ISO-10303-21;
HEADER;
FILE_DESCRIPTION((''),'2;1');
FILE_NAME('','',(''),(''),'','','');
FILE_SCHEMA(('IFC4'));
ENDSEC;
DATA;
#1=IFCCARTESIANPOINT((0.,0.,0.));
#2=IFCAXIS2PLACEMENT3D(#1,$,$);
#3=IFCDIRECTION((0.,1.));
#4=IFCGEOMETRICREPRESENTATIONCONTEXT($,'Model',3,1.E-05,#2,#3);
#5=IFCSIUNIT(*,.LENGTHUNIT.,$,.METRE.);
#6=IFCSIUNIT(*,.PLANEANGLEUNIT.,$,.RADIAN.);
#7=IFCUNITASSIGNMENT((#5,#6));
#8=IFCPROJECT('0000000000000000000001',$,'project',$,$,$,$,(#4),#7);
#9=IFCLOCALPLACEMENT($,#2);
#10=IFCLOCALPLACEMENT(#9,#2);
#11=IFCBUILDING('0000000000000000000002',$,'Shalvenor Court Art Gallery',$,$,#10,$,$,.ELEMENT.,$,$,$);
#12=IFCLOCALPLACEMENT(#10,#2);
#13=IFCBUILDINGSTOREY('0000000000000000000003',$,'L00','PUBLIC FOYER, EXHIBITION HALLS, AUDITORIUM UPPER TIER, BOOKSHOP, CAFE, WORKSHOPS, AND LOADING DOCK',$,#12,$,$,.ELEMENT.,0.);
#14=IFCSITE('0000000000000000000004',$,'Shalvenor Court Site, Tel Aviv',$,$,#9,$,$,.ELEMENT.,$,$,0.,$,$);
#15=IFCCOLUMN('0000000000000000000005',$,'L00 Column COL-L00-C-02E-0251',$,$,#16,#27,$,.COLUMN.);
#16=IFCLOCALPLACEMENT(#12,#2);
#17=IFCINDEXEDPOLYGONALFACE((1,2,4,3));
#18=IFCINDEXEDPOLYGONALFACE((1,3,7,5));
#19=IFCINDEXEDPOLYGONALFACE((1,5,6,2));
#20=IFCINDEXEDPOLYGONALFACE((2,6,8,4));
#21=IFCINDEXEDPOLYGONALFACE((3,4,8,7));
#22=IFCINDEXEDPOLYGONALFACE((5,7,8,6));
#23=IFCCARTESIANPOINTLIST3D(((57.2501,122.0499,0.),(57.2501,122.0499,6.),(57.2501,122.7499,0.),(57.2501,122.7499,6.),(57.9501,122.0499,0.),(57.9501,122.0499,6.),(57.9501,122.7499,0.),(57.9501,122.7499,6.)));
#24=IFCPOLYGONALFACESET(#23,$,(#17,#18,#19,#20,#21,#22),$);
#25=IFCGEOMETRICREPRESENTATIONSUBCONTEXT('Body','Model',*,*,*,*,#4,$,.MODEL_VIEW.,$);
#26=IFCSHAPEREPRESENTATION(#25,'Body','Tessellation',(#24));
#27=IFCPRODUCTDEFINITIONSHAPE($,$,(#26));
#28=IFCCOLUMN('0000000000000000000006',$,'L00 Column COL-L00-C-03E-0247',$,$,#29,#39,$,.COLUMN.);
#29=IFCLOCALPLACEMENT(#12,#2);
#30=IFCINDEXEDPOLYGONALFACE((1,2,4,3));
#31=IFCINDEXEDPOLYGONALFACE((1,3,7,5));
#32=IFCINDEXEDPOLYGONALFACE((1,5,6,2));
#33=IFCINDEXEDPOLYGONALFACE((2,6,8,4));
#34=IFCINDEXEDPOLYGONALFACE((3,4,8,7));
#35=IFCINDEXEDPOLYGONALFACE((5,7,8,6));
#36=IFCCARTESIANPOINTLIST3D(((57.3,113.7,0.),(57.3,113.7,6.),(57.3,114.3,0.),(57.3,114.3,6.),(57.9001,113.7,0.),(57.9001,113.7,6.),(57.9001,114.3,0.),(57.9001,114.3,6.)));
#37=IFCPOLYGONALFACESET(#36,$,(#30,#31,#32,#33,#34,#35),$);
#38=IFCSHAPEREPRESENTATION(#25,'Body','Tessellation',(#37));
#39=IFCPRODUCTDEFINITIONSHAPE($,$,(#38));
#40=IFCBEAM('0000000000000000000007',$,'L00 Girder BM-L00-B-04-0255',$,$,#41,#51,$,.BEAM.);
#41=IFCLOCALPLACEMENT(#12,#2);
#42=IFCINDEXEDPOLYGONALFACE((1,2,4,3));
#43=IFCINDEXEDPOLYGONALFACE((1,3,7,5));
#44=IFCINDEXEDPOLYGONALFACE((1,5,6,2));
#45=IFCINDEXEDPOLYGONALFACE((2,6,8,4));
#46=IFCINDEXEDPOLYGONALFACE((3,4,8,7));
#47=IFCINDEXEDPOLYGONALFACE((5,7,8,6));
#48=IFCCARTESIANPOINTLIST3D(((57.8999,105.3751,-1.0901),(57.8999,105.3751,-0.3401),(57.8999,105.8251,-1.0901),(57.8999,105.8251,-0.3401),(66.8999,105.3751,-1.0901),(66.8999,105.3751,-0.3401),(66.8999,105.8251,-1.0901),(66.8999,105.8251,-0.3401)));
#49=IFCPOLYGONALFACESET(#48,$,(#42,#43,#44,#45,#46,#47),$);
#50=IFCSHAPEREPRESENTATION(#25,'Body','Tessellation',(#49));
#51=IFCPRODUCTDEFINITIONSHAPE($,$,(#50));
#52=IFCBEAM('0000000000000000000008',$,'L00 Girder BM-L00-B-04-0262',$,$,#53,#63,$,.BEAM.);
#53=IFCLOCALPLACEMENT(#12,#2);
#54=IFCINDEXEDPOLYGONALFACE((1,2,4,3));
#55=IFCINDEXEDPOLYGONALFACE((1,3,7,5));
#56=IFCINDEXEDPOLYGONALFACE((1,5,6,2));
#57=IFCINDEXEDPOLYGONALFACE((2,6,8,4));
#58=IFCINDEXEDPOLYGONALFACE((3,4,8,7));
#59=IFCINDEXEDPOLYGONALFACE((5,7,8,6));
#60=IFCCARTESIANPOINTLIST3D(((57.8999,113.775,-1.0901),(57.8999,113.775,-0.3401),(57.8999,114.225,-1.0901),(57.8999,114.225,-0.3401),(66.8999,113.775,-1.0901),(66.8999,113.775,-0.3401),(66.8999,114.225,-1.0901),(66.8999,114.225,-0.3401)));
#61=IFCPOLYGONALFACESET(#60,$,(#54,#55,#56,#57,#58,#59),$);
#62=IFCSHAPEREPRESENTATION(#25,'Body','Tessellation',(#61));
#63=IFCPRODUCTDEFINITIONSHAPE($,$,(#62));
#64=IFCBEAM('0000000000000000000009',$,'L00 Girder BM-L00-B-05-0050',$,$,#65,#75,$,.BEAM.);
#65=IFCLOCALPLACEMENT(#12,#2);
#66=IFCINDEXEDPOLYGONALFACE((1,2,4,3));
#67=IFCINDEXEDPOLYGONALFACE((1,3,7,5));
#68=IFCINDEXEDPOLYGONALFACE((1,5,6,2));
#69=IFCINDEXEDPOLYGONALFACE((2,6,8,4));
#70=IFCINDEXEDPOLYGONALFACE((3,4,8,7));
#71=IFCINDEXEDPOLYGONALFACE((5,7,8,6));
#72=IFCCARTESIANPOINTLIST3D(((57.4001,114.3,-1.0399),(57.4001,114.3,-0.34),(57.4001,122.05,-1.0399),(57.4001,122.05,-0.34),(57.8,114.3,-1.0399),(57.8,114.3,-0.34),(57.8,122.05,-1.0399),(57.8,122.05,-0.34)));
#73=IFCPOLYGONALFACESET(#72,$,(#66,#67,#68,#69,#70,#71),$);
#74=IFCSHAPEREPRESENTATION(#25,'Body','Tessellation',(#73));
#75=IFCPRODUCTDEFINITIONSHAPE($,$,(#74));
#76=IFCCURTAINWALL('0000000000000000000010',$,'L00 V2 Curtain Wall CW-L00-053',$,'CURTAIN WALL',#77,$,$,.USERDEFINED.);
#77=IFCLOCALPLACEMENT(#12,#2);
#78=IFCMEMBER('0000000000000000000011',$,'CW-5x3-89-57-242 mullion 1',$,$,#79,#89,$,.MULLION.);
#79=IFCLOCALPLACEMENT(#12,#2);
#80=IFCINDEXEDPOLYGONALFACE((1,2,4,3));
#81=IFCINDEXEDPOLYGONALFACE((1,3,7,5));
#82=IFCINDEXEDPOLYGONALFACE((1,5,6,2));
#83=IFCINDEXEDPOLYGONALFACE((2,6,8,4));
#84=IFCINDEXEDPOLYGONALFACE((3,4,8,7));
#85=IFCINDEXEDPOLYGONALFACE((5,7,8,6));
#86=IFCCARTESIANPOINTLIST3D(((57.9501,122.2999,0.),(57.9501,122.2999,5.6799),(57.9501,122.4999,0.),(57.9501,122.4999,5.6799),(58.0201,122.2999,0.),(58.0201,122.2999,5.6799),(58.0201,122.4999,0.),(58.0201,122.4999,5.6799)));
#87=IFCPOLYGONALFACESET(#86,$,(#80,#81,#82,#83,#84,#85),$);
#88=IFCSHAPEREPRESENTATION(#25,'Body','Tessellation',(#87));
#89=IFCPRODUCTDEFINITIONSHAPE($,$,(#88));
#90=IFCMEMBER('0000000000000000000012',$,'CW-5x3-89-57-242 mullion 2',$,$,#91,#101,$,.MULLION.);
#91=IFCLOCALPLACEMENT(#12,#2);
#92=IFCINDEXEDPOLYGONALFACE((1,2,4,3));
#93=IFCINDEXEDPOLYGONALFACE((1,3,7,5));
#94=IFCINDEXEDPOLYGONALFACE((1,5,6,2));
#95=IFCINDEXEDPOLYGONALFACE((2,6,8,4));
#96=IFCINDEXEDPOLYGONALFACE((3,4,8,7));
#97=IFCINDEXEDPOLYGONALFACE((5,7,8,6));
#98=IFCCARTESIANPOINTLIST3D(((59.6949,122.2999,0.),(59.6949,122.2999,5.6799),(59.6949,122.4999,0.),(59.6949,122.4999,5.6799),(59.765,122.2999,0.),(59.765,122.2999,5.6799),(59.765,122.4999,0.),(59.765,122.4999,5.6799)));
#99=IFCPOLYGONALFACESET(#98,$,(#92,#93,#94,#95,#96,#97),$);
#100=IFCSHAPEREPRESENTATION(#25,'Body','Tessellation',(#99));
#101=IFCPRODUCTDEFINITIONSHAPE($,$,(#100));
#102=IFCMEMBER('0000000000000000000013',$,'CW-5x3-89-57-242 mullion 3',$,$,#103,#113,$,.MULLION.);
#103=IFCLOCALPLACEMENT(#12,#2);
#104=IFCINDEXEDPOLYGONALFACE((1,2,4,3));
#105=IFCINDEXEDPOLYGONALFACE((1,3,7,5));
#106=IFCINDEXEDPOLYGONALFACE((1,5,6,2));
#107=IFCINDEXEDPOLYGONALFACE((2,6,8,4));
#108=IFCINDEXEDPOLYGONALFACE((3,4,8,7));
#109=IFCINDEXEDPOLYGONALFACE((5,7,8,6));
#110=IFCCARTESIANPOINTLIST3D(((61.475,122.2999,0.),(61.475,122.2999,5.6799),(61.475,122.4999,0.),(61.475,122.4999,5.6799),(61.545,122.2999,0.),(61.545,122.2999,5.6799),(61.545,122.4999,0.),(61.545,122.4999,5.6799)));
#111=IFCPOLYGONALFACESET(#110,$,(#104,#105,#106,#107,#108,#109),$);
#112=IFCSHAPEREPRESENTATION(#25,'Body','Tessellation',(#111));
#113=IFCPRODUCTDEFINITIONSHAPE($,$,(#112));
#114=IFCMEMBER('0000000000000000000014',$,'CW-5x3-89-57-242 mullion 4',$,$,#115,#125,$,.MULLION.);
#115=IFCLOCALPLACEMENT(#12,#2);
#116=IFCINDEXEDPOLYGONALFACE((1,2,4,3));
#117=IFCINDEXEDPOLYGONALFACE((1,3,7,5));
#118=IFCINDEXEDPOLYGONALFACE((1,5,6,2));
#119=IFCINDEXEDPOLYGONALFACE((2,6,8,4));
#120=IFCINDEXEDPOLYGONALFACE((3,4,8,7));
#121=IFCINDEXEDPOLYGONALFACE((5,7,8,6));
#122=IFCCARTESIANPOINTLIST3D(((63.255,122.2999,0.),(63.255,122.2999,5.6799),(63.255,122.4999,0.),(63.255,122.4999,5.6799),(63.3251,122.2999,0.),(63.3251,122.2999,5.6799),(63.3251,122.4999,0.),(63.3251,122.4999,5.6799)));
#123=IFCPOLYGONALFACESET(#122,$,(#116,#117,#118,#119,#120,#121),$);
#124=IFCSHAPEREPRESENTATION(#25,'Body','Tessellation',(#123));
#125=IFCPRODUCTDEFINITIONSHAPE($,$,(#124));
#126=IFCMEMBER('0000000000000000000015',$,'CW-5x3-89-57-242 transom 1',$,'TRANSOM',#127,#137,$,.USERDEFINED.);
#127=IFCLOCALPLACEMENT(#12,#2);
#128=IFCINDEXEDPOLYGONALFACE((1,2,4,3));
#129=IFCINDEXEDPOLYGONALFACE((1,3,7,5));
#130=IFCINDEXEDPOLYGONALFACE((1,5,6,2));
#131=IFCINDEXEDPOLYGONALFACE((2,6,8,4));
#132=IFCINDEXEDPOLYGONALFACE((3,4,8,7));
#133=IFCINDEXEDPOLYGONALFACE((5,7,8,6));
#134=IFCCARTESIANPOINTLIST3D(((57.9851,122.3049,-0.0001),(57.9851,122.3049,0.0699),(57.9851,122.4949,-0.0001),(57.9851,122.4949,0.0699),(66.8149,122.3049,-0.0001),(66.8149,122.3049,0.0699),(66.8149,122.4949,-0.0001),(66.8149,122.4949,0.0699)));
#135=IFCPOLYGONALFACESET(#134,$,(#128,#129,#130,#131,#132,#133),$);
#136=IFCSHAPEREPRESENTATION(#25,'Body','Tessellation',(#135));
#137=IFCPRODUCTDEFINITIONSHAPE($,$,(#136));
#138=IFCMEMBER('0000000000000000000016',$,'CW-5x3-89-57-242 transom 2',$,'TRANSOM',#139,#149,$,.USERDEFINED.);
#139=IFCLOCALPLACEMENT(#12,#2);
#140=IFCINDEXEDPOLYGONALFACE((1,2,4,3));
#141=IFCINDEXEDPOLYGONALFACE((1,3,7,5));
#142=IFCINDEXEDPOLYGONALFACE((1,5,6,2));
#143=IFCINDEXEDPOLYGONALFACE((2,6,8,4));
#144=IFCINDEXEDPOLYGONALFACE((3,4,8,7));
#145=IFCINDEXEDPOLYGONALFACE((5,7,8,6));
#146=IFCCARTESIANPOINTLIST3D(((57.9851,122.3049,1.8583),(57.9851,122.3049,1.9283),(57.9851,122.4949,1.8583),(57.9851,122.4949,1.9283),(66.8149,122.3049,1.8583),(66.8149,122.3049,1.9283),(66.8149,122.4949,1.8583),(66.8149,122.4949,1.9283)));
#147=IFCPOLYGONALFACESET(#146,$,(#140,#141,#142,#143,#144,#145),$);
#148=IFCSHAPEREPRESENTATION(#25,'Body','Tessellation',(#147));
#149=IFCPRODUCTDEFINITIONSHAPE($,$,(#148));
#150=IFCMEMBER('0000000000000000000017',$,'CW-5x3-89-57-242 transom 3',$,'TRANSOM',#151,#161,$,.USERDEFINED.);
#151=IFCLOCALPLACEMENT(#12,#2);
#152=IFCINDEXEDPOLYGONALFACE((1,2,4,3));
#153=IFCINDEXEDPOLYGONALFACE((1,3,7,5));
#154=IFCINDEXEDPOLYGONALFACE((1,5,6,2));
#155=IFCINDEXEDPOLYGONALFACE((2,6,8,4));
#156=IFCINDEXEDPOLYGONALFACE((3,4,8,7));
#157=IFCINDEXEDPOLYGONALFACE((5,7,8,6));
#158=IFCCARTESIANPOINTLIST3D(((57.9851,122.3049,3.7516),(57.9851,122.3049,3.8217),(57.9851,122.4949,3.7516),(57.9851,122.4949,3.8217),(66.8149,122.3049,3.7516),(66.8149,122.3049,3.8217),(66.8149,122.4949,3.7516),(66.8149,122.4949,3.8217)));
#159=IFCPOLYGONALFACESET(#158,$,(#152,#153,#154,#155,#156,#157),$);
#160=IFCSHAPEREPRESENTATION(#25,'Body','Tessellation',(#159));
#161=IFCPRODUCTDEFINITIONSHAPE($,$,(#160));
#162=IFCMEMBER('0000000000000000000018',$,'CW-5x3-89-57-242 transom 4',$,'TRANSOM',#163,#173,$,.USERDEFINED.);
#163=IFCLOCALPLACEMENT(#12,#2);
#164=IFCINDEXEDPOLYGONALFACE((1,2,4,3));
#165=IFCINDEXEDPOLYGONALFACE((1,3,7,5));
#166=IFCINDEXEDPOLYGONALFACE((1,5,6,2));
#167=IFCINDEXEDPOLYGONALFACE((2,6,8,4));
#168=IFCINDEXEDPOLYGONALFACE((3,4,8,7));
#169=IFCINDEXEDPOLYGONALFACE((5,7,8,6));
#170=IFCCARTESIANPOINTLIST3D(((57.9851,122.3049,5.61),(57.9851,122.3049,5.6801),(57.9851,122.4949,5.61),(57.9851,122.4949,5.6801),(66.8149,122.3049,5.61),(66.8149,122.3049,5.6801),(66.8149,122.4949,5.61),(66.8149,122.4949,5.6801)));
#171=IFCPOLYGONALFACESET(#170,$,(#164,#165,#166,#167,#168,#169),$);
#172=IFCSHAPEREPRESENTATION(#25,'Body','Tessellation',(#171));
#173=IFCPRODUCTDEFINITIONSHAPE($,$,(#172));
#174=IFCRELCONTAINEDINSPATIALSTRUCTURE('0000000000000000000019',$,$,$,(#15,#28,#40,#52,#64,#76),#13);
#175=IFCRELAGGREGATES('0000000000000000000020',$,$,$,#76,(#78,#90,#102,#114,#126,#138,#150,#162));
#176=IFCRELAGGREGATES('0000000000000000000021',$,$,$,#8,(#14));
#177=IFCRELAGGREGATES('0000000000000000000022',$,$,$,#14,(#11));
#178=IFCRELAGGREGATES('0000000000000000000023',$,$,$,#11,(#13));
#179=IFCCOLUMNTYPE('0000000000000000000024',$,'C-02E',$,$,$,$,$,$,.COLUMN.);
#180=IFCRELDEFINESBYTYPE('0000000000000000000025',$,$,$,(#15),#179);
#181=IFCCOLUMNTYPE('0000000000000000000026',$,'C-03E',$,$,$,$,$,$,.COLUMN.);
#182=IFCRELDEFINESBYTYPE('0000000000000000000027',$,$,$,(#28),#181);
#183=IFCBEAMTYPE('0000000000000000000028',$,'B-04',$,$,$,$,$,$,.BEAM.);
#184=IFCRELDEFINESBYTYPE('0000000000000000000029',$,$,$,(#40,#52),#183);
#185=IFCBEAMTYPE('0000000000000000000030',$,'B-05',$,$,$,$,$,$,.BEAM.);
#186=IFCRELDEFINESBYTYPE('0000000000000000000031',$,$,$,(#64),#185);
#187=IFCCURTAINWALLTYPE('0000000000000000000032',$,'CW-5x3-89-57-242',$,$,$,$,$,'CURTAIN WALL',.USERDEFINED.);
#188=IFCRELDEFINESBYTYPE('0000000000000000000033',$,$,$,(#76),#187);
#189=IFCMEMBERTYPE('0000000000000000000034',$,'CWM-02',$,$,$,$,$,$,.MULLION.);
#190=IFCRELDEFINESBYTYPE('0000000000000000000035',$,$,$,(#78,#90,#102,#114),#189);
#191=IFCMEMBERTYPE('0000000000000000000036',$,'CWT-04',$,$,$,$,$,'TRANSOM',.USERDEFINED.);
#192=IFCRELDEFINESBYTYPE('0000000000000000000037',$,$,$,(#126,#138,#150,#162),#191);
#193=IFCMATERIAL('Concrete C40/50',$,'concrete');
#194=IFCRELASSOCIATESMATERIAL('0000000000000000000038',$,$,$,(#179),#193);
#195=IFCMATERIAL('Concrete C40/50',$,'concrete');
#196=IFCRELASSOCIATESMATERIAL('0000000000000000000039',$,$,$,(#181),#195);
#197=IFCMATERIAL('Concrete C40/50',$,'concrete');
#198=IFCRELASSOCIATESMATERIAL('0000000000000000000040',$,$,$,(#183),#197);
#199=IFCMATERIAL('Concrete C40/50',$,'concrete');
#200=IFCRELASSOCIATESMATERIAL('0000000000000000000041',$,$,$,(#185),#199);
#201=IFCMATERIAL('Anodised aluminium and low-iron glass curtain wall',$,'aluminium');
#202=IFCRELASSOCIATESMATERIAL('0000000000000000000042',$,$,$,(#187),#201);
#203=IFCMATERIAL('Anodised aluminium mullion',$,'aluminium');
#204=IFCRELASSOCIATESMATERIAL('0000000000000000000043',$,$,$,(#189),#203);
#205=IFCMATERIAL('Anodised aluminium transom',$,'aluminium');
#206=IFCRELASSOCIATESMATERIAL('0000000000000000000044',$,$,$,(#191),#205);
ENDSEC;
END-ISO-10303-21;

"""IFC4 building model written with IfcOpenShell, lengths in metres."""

from ifc_helpers import new_model, si_unit, direction, frame, origin, origin_2d, place, context, subcontext, project, spatial, rectangle, extrude, material, material_profile, profile_set, type_object, element, aggregate, save


model = new_model("IFC4")

# Units and contexts
model_context = context("Model", 3, precision=1e-05, world=origin(), true_north=direction((0.0, 1.0)))
body_context = subcontext(model_context, "Body", "Model", "MODEL_VIEW")
ifc_project = project(units=[si_unit("LENGTHUNIT", "METRE"), si_unit("PLANEANGLEUNIT", "RADIAN")], contexts=[model_context])

# Site, building, storey
site_placement = place(None, origin())
site = spatial("IfcSite", under=ifc_project, at=site_placement, Name="Shalvenor Court Site, Tel Aviv", CompositionType="ELEMENT", RefElevation=0.0)
building_placement = place(site_placement, origin())
building = spatial("IfcBuilding", under=site, at=building_placement, Name="Shalvenor Court Art Gallery", CompositionType="ELEMENT")
storey_placement = place(building_placement, origin())
storey = spatial("IfcBuildingStorey", under=building, at=storey_placement, Name="L00", Description="PUBLIC FOYER, EXHIBITION HALLS, AUDITORIUM UPPER TIER, BOOKSHOP, CAFE, WORKSHOPS, AND LOADING DOCK", CompositionType="ELEMENT", Elevation=0.0)

# Columns
ifc_material_1 = material(Name="Concrete C40/50", Category="concrete")
ifc_material_profile_1 = material_profile(ifc_material_1, rectangle(XDim=0.7, YDim=0.7, at=origin_2d()), Name="RC 700x700")
ifc_profile_set_1 = profile_set([ifc_material_profile_1], Name="Concrete C40/50")
column_type_1 = type_object("IfcColumnType", Name="C-02E", PredefinedType="COLUMN", material=ifc_profile_set_1)
column_1_placement = place(storey_placement, frame((57.6001, 122.3999, 0.0), z_axis=(0.0, 0.0, 1.0), x_axis=(1.0, 0.0, 0.0)))
element("IfcColumn", 1, at=column_1_placement, inside=storey, type_object=column_type_1, Name="L00 Column COL-L00-C-02E-0251", PredefinedType="COLUMN", context=body_context, shape_type="SweptSolid", body=[
    extrude(rectangle(XDim=0.7, YDim=0.7, at=origin_2d()), origin(), (0.0, 0.0, 1.0), 6.0),
])
ifc_material_2 = material(Name="Concrete C40/50", Category="concrete")
ifc_material_profile_2 = material_profile(ifc_material_2, rectangle(XDim=0.6001, YDim=0.6001, at=origin_2d()), Name="RC 600x600")
ifc_profile_set_2 = profile_set([ifc_material_profile_2], Name="Concrete C40/50")
column_type_2 = type_object("IfcColumnType", Name="C-03E", PredefinedType="COLUMN", material=ifc_profile_set_2)
column_2_placement = place(storey_placement, frame((57.6001, 114.0, 0.0), z_axis=(0.0, 0.0, 1.0), x_axis=(1.0, 0.0, 0.0)))
element("IfcColumn", 2, at=column_2_placement, inside=storey, type_object=column_type_2, Name="L00 Column COL-L00-C-03E-0247", PredefinedType="COLUMN", context=body_context, shape_type="SweptSolid", body=[
    extrude(rectangle(XDim=0.6001, YDim=0.6001, at=origin_2d()), origin(), (0.0, 0.0, 1.0), 6.0),
])

# Beams
ifc_material_3 = material(Name="Concrete C40/50", Category="concrete")
ifc_material_profile_3 = material_profile(ifc_material_3, rectangle(XDim=0.45, YDim=0.75, at=origin_2d()), Name="RC 450x750")
ifc_profile_set_3 = profile_set([ifc_material_profile_3], Name="Concrete C40/50")
beam_type_1 = type_object("IfcBeamType", Name="B-04", PredefinedType="BEAM", material=ifc_profile_set_3)
for number, where, z_axis, x_axis, name in (
    (3, (57.8999, 105.6001, -0.7151), (1.0, 0.0, 0.0), (0.0, 1.0, 0.0), "L00 Girder BM-L00-B-04-0255"),
    (4, (57.8999, 114.0, -0.7151), (1.0, 0.0, 0.0), (0.0, 1.0, 0.0), "L00 Girder BM-L00-B-04-0262"),
):
    element("IfcBeam", number, at=place(storey_placement, frame(where, z_axis=z_axis, x_axis=x_axis)), inside=storey, type_object=beam_type_1, Name=name, PredefinedType="BEAM", context=body_context, shape_type="SweptSolid", body=[
        extrude(rectangle(XDim=0.45, YDim=0.75, at=origin_2d()), origin(), (0.0, 0.0, 1.0), 9.0),
    ])
ifc_material_4 = material(Name="Concrete C40/50", Category="concrete")
ifc_material_profile_4 = material_profile(ifc_material_4, rectangle(XDim=0.3999, YDim=0.7, at=origin_2d()), Name="RC 400x700")
ifc_profile_set_4 = profile_set([ifc_material_profile_4], Name="Concrete C40/50")
beam_type_2 = type_object("IfcBeamType", Name="B-05", PredefinedType="BEAM", material=ifc_profile_set_4)
beam_1_placement = place(storey_placement, frame((57.6001, 114.3, -0.6899), z_axis=(0.0, 1.0, 0.0), x_axis=(-1.0, 0.0, 0.0)))
element("IfcBeam", 5, at=beam_1_placement, inside=storey, type_object=beam_type_2, Name="L00 Girder BM-L00-B-05-0050", PredefinedType="BEAM", context=body_context, shape_type="SweptSolid", body=[
    extrude(rectangle(XDim=0.3999, YDim=0.7, at=origin_2d()), origin(), (0.0, 0.0, 1.0), 7.75),
])

# Curtain wall, members
ifc_material_5 = material(Name="Anodised aluminium and low-iron glass curtain wall", Category="aluminium")
curtain_wall_type_1 = type_object("IfcCurtainWallType", Name="CW-5x3-89-57-242", ElementType="CURTAIN WALL", PredefinedType="USERDEFINED", material=ifc_material_5)
curtain_wall_1_placement = place(storey_placement, origin())
curtain_wall_1 = element("IfcCurtainWall", 6, at=curtain_wall_1_placement, inside=storey, type_object=curtain_wall_type_1, Name="L00 V2 Curtain Wall CW-L00-053", ObjectType="CURTAIN WALL", PredefinedType="USERDEFINED")
ifc_material_6 = material(Name="Anodised aluminium mullion", Category="aluminium")
ifc_material_profile_5 = material_profile(ifc_material_6, rectangle(XDim=0.0701, YDim=0.2, at=origin_2d()), Name="CWM-02")
ifc_profile_set_5 = profile_set([ifc_material_profile_5], Name="Anodised aluminium mullion")
member_type_1 = type_object("IfcMemberType", Name="CWM-02", PredefinedType="MULLION", material=ifc_profile_set_5)
member_1_placement = place(storey_placement, frame((57.9851, 122.3999, 0.0), z_axis=(0.0, 0.0, 1.0), x_axis=(1.0, 0.0, 0.0)))
member_1 = element("IfcMember", 7, at=member_1_placement, type_object=member_type_1, Name="CW-5x3-89-57-242 mullion 1", PredefinedType="MULLION", context=body_context, shape_type="SweptSolid", body=[
    extrude(rectangle(XDim=0.0701, YDim=0.2, at=origin_2d()), origin(), (0.0, 0.0, 1.0), 5.6799),
])
member_2_placement = place(storey_placement, frame((59.73, 122.3999, 0.0), z_axis=(0.0, 0.0, 1.0), x_axis=(1.0, 0.0, 0.0)))
member_2 = element("IfcMember", 8, at=member_2_placement, type_object=member_type_1, Name="CW-5x3-89-57-242 mullion 2", PredefinedType="MULLION", context=body_context, shape_type="SweptSolid", body=[
    extrude(rectangle(XDim=0.0701, YDim=0.2, at=origin_2d()), origin(), (0.0, 0.0, 1.0), 5.6799),
])
member_3_placement = place(storey_placement, frame((61.51, 122.3999, 0.0), z_axis=(0.0, 0.0, 1.0), x_axis=(1.0, 0.0, 0.0)))
member_3 = element("IfcMember", 9, at=member_3_placement, type_object=member_type_1, Name="CW-5x3-89-57-242 mullion 3", PredefinedType="MULLION", context=body_context, shape_type="SweptSolid", body=[
    extrude(rectangle(XDim=0.0701, YDim=0.2, at=origin_2d()), origin(), (0.0, 0.0, 1.0), 5.6799),
])
member_4_placement = place(storey_placement, frame((63.29, 122.3999, 0.0), z_axis=(0.0, 0.0, 1.0), x_axis=(1.0, 0.0, 0.0)))
member_4 = element("IfcMember", 10, at=member_4_placement, type_object=member_type_1, Name="CW-5x3-89-57-242 mullion 4", PredefinedType="MULLION", context=body_context, shape_type="SweptSolid", body=[
    extrude(rectangle(XDim=0.0701, YDim=0.2, at=origin_2d()), origin(), (0.0, 0.0, 1.0), 5.6799),
])
ifc_material_7 = material(Name="Anodised aluminium transom", Category="aluminium")
ifc_material_profile_6 = material_profile(ifc_material_7, rectangle(XDim=0.1899, YDim=0.0701, at=origin_2d()), Name="CWT-04")
ifc_profile_set_6 = profile_set([ifc_material_profile_6], Name="Anodised aluminium transom")
member_type_2 = type_object("IfcMemberType", Name="CWT-04", ElementType="TRANSOM", PredefinedType="USERDEFINED", material=ifc_profile_set_6)
member_5_placement = place(storey_placement, frame((57.9851, 122.3999, 0.0349), z_axis=(1.0, 0.0, 0.0), x_axis=(0.0, 1.0, 0.0)))
member_5 = element("IfcMember", 11, at=member_5_placement, type_object=member_type_2, Name="CW-5x3-89-57-242 transom 1", ObjectType="TRANSOM", PredefinedType="USERDEFINED", context=body_context, shape_type="SweptSolid", body=[
    extrude(rectangle(XDim=0.1899, YDim=0.0701, at=origin_2d()), origin(), (0.0, 0.0, 1.0), 8.8298),
])
member_6_placement = place(storey_placement, frame((57.9851, 122.3999, 1.8933), z_axis=(1.0, 0.0, 0.0), x_axis=(0.0, 1.0, 0.0)))
member_6 = element("IfcMember", 12, at=member_6_placement, type_object=member_type_2, Name="CW-5x3-89-57-242 transom 2", ObjectType="TRANSOM", PredefinedType="USERDEFINED", context=body_context, shape_type="SweptSolid", body=[
    extrude(rectangle(XDim=0.1899, YDim=0.0701, at=origin_2d()), origin(), (0.0, 0.0, 1.0), 8.8298),
])
member_7_placement = place(storey_placement, frame((57.9851, 122.3999, 3.7866), z_axis=(1.0, 0.0, 0.0), x_axis=(0.0, 1.0, 0.0)))
member_7 = element("IfcMember", 13, at=member_7_placement, type_object=member_type_2, Name="CW-5x3-89-57-242 transom 3", ObjectType="TRANSOM", PredefinedType="USERDEFINED", context=body_context, shape_type="SweptSolid", body=[
    extrude(rectangle(XDim=0.1899, YDim=0.0701, at=origin_2d()), origin(), (0.0, 0.0, 1.0), 8.8298),
])
member_8_placement = place(storey_placement, frame((57.9851, 122.3999, 5.645), z_axis=(1.0, 0.0, 0.0), x_axis=(0.0, 1.0, 0.0)))
member_8 = element("IfcMember", 14, at=member_8_placement, type_object=member_type_2, Name="CW-5x3-89-57-242 transom 4", ObjectType="TRANSOM", PredefinedType="USERDEFINED", context=body_context, shape_type="SweptSolid", body=[
    extrude(rectangle(XDim=0.1899, YDim=0.0701, at=origin_2d()), origin(), (0.0, 0.0, 1.0), 8.8298),
])

aggregate(curtain_wall_1, [member_1, member_2, member_3, member_4, member_5, member_6, member_7, member_8])

save(model, "model.ifc")
